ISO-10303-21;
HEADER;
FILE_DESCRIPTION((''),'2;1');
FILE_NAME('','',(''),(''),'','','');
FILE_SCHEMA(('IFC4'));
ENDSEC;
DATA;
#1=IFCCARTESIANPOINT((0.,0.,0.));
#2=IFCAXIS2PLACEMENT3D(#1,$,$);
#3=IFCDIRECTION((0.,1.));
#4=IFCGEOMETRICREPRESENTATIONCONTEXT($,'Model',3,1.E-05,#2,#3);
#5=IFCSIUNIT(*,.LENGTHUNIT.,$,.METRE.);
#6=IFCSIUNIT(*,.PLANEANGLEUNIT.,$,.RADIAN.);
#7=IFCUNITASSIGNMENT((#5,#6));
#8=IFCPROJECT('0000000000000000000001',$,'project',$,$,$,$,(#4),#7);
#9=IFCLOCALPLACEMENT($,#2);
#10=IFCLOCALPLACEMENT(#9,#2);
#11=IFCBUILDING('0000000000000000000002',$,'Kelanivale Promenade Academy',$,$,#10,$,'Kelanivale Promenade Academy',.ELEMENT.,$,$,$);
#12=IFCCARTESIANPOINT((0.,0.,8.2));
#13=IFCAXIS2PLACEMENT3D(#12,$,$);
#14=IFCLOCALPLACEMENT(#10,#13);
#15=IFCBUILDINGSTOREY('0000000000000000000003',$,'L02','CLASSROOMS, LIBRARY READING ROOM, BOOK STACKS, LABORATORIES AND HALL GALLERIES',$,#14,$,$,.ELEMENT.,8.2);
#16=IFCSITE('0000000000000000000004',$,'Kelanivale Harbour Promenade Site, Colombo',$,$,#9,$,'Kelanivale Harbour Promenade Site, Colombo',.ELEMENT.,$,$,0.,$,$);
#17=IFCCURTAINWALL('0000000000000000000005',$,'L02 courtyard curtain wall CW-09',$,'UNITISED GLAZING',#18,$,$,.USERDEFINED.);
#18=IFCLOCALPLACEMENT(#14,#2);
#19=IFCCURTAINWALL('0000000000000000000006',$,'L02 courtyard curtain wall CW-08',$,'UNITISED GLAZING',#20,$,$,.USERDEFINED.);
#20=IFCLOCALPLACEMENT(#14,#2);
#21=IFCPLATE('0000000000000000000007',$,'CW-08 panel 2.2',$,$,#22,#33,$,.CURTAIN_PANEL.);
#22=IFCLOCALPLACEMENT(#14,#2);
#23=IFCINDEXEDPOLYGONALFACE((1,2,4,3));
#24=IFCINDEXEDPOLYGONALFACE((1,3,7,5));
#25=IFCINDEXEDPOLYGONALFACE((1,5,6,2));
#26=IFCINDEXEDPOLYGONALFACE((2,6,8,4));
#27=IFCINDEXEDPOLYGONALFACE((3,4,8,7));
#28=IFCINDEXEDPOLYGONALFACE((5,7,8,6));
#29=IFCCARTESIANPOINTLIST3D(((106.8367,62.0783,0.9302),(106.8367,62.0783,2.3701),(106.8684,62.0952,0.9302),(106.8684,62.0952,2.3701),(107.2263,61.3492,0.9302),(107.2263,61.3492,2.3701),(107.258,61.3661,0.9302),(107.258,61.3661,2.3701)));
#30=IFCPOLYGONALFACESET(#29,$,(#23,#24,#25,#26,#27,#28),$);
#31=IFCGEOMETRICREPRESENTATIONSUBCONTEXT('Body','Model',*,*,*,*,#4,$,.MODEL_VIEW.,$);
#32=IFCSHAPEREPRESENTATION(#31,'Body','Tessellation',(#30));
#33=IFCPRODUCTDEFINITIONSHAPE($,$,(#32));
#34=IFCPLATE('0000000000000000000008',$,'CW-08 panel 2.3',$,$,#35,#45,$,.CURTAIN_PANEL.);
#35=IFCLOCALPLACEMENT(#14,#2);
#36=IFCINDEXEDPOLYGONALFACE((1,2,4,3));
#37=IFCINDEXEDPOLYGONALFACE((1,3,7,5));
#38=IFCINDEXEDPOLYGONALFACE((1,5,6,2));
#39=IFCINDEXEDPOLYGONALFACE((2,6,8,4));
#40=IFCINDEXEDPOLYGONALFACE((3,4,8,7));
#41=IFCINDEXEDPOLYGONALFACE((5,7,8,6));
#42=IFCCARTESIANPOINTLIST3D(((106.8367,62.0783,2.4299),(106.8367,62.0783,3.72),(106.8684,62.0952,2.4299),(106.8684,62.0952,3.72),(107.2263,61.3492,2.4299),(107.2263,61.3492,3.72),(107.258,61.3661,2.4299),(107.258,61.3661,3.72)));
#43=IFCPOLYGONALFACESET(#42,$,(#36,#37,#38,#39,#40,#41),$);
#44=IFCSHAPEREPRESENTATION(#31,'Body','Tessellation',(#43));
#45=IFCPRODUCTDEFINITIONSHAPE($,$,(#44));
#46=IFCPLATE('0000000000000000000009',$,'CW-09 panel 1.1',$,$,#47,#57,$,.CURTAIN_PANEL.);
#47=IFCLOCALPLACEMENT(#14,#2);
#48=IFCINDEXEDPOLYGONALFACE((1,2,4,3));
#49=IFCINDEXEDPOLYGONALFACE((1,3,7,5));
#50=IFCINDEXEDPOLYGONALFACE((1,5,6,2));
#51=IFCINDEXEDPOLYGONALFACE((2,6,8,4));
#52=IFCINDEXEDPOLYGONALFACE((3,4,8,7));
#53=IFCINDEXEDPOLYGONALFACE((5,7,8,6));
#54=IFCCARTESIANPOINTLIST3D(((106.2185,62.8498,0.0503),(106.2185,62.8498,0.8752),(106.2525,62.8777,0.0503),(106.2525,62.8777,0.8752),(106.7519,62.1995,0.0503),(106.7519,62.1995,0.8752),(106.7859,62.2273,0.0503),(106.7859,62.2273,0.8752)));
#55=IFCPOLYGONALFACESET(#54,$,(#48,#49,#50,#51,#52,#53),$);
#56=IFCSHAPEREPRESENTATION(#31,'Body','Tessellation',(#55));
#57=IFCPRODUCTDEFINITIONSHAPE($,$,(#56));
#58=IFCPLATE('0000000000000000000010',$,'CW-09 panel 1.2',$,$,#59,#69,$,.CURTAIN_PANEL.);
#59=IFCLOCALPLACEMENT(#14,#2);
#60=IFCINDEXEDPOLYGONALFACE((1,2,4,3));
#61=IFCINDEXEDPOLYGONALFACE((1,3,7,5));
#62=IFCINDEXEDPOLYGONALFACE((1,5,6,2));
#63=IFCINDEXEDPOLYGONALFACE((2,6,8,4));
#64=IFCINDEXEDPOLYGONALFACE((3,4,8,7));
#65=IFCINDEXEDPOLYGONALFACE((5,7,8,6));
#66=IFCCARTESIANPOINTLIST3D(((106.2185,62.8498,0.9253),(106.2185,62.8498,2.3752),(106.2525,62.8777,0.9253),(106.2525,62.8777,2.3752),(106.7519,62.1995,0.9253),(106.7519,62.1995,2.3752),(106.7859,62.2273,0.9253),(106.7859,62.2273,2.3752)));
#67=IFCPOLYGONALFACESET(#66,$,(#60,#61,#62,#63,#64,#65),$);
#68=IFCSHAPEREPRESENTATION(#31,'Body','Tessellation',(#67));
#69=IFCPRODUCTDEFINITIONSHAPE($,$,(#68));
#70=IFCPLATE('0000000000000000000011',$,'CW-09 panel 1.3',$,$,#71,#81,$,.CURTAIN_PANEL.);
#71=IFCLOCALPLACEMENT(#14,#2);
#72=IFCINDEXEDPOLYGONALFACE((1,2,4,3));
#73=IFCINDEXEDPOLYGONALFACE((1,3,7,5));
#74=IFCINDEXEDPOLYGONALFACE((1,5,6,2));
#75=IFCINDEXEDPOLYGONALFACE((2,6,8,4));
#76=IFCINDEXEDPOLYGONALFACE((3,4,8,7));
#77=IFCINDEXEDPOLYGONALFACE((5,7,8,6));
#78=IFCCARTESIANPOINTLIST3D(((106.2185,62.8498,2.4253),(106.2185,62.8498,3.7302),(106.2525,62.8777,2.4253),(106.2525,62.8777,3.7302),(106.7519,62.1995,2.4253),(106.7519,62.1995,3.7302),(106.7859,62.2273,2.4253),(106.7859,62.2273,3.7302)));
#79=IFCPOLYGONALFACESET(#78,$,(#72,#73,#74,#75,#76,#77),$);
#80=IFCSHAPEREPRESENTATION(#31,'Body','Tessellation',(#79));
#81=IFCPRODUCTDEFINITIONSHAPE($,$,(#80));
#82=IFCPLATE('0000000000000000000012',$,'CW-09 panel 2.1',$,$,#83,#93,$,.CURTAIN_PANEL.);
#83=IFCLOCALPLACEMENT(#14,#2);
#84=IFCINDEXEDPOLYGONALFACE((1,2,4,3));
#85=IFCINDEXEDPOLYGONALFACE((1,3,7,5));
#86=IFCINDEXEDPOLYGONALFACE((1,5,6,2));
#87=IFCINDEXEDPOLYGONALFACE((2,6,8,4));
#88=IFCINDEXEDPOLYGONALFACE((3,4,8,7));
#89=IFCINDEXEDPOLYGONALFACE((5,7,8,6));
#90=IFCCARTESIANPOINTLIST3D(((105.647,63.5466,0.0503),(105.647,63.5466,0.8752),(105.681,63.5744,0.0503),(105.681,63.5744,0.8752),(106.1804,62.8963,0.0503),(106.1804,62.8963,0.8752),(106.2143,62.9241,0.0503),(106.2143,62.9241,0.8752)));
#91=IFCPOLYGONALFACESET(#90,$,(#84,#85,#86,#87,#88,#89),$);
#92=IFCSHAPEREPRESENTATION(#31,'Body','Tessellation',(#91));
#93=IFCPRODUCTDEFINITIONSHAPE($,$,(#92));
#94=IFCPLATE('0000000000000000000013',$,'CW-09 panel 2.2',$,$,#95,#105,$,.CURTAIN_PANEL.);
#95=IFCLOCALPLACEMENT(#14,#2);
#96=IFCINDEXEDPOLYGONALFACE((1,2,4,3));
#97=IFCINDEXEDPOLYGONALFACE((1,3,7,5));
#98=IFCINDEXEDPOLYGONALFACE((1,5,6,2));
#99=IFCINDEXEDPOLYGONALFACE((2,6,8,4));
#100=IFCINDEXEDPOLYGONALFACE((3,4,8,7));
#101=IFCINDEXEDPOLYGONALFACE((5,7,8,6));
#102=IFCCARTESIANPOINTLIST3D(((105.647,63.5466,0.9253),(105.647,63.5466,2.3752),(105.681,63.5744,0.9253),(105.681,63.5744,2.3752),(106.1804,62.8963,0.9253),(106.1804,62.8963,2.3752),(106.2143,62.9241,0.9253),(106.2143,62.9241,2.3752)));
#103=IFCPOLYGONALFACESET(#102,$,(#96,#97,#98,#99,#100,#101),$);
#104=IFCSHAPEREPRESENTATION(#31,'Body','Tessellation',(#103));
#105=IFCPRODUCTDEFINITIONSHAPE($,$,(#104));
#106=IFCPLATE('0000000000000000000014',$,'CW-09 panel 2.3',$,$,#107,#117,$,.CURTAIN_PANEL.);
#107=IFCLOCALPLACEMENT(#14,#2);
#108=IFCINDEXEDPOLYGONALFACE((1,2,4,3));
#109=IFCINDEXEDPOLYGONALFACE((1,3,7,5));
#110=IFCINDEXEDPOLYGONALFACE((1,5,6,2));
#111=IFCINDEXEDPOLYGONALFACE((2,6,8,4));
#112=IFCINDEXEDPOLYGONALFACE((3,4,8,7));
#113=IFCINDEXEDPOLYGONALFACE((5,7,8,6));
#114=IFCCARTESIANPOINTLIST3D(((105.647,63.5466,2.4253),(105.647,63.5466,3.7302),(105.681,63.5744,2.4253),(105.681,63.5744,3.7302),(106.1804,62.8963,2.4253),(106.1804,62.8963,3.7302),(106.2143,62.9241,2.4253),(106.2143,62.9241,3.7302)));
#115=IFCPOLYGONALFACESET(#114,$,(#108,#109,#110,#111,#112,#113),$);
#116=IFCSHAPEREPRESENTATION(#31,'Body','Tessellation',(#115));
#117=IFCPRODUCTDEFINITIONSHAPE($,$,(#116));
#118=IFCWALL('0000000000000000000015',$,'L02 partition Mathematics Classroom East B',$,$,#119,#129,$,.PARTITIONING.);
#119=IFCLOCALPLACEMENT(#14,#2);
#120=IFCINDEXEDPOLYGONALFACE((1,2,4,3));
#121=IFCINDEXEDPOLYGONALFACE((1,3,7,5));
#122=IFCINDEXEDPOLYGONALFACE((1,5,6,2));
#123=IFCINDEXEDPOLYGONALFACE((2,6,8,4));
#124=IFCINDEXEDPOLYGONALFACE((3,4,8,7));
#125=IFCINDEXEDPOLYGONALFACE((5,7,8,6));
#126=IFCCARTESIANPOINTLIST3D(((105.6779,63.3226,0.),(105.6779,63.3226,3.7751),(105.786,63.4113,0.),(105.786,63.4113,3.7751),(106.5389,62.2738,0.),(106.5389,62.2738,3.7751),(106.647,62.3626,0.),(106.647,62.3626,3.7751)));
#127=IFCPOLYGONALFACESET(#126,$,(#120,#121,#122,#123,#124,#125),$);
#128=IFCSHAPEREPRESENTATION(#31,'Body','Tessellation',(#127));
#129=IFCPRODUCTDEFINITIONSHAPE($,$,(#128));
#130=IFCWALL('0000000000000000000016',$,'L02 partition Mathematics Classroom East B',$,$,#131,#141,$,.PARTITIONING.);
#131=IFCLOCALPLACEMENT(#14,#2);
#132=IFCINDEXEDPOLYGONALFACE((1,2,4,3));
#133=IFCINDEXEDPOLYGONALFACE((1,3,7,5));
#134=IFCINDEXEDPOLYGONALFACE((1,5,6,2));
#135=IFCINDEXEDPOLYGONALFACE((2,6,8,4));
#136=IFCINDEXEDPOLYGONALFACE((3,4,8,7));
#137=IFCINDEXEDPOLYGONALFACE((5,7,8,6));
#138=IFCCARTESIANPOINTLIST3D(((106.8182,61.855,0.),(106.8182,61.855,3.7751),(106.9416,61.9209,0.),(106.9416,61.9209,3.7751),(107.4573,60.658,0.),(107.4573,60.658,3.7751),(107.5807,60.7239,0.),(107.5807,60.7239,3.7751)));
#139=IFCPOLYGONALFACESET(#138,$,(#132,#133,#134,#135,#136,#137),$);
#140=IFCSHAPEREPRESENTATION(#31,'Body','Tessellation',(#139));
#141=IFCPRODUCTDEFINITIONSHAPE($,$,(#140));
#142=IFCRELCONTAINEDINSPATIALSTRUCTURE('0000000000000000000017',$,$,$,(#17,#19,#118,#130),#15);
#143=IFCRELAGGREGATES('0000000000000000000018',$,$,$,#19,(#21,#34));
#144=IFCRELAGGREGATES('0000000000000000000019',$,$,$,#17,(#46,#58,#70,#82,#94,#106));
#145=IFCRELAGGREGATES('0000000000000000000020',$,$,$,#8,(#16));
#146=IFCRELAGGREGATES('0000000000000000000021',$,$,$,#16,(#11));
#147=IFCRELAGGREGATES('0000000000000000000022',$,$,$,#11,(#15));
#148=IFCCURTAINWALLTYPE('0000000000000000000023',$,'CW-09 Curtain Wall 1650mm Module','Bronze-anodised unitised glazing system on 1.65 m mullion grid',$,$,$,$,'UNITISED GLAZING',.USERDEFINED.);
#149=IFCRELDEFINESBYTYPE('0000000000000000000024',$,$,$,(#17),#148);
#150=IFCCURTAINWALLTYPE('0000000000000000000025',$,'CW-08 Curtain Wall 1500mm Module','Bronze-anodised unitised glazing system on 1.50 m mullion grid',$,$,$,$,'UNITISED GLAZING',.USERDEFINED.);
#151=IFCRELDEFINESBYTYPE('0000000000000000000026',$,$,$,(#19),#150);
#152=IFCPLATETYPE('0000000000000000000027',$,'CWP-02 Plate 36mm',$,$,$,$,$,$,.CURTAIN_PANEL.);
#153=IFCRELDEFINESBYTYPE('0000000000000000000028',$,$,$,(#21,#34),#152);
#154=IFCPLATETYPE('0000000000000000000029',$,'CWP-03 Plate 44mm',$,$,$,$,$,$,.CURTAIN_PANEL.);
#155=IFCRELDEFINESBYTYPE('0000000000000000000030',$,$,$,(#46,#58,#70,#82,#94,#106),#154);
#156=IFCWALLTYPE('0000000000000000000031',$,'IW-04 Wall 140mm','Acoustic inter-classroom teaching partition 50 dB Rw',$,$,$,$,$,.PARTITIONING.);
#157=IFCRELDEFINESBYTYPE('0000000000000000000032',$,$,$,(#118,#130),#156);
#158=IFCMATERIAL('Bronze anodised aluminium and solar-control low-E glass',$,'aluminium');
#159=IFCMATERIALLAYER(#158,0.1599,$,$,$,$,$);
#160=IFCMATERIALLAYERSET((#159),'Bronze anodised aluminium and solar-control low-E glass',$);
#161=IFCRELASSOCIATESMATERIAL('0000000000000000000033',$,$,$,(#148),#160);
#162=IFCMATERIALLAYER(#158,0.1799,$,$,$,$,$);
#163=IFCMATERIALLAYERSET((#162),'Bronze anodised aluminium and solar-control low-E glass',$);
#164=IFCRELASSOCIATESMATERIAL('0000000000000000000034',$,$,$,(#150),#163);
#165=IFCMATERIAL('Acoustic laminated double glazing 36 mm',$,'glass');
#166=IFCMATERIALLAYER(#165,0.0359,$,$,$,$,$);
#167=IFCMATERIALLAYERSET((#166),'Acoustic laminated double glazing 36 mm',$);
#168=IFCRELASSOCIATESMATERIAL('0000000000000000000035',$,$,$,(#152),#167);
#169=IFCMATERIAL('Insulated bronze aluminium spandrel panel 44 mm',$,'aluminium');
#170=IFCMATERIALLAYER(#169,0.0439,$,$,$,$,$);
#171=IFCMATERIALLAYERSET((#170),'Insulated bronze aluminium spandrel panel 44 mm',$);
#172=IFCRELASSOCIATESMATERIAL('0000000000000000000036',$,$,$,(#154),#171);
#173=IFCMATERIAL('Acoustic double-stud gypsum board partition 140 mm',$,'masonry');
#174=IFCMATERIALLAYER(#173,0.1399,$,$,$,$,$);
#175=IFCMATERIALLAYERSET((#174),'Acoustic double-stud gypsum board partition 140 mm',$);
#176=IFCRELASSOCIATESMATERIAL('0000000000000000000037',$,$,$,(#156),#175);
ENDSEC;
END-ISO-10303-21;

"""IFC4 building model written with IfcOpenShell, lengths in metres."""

from ifc_helpers import new_model, si_unit, direction, frame, frame_2d, origin, origin_2d, place, context, subcontext, project, spatial, rectangle, extrude, material, layer, layer_set, type_object, element, aggregate, save


model = new_model("IFC4")

# Units and contexts
model_context = context("Model", 3, precision=1e-05, world=origin(), true_north=direction((0.0, 1.0)))
body_context = subcontext(model_context, "Body", "Model", "MODEL_VIEW")
ifc_project = project(units=[si_unit("LENGTHUNIT", "METRE"), si_unit("PLANEANGLEUNIT", "RADIAN")], contexts=[model_context])

# Site, building, storey
site_placement = place(None, origin())
site = spatial("IfcSite", under=ifc_project, at=site_placement, Name="Kelanivale Harbour Promenade Site, Colombo", LongName="Kelanivale Harbour Promenade Site, Colombo", CompositionType="ELEMENT", RefElevation=0.0)
building_placement = place(site_placement, origin())
building = spatial("IfcBuilding", under=site, at=building_placement, Name="Kelanivale Promenade Academy", LongName="Kelanivale Promenade Academy", CompositionType="ELEMENT")
storey_placement = place(building_placement, frame((0.0, 0.0, 8.2)))
storey = spatial("IfcBuildingStorey", under=building, at=storey_placement, Name="L02", Description="CLASSROOMS, LIBRARY READING ROOM, BOOK STACKS, LABORATORIES AND HALL GALLERIES", CompositionType="ELEMENT", Elevation=8.2)

# Curtain wall
ifc_material_1 = material(Name="Bronze anodised aluminium and solar-control low-E glass", Category="aluminium")
ifc_layer_1 = layer(ifc_material_1, 0.1599)
ifc_layer_set_1 = layer_set([ifc_layer_1], Name="Bronze anodised aluminium and solar-control low-E glass")
curtain_wall_type_1 = type_object("IfcCurtainWallType", Name="CW-09 Curtain Wall 1650mm Module", Description="Bronze-anodised unitised glazing system on 1.65 m mullion grid", ElementType="UNITISED GLAZING", PredefinedType="USERDEFINED", material=ifc_layer_set_1)
curtain_wall_1_placement = place(storey_placement, origin())
curtain_wall_1 = element("IfcCurtainWall", 1, at=curtain_wall_1_placement, inside=storey, type_object=curtain_wall_type_1, Name="L02 courtyard curtain wall CW-09", ObjectType="UNITISED GLAZING", PredefinedType="USERDEFINED")

# Curtain wall
ifc_layer_2 = layer(ifc_material_1, 0.1799)
ifc_layer_set_2 = layer_set([ifc_layer_2], Name="Bronze anodised aluminium and solar-control low-E glass")
curtain_wall_type_2 = type_object("IfcCurtainWallType", Name="CW-08 Curtain Wall 1500mm Module", Description="Bronze-anodised unitised glazing system on 1.50 m mullion grid", ElementType="UNITISED GLAZING", PredefinedType="USERDEFINED", material=ifc_layer_set_2)
curtain_wall_2_placement = place(storey_placement, origin())
curtain_wall_2 = element("IfcCurtainWall", 2, at=curtain_wall_2_placement, inside=storey, type_object=curtain_wall_type_2, Name="L02 courtyard curtain wall CW-08", ObjectType="UNITISED GLAZING", PredefinedType="USERDEFINED")

# Plates
ifc_material_2 = material(Name="Acoustic laminated double glazing 36 mm", Category="glass")
ifc_layer_3 = layer(ifc_material_2, 0.0359)
ifc_layer_set_3 = layer_set([ifc_layer_3], Name="Acoustic laminated double glazing 36 mm")
plate_type_1 = type_object("IfcPlateType", Name="CWP-02 Plate 36mm", PredefinedType="CURTAIN_PANEL", material=ifc_layer_set_3)
plate_1_placement = place(storey_placement, frame((107.0474, 61.7222, 0.9302), z_axis=(0.0, 0.0, 1.0), x_axis=(-0.47129, 0.881978, 0.0)))
plate_1 = element("IfcPlate", 3, at=plate_1_placement, type_object=plate_type_1, Name="CW-08 panel 2.2", PredefinedType="CURTAIN_PANEL", context=body_context, shape_type="SweptSolid", body=[
    extrude(rectangle(XDim=0.8267, YDim=0.0359, at=origin_2d()), origin(), (0.0, 0.0, 1.0), 1.4399),
])
plate_2_placement = place(storey_placement, frame((107.0474, 61.7222, 2.4299), z_axis=(0.0, 0.0, 1.0), x_axis=(-0.47129, 0.881978, 0.0)))
plate_2 = element("IfcPlate", 4, at=plate_2_placement, type_object=plate_type_1, Name="CW-08 panel 2.3", PredefinedType="CURTAIN_PANEL", context=body_context, shape_type="SweptSolid", body=[
    extrude(rectangle(XDim=0.8267, YDim=0.0359, at=origin_2d()), origin(), (0.0, 0.0, 1.0), 1.29),
])
aggregate(curtain_wall_2, [plate_1, plate_2])
ifc_material_3 = material(Name="Insulated bronze aluminium spandrel panel 44 mm", Category="aluminium")
ifc_layer_4 = layer(ifc_material_3, 0.0439)
ifc_layer_set_4 = layer_set([ifc_layer_4], Name="Insulated bronze aluminium spandrel panel 44 mm")
plate_type_2 = type_object("IfcPlateType", Name="CWP-03 Plate 44mm", PredefinedType="CURTAIN_PANEL", material=ifc_layer_set_4)
plate_3_placement = place(storey_placement, frame((106.5022, 62.5386, 0.0503), z_axis=(0.0, 0.0, 1.0), x_axis=(-0.634144, 0.773215, 0.0)))
plate_3 = element("IfcPlate", 5, at=plate_3_placement, type_object=plate_type_2, Name="CW-09 panel 1.1", PredefinedType="CURTAIN_PANEL", context=body_context, shape_type="SweptSolid", body=[
    extrude(rectangle(XDim=0.8411, YDim=0.0439, at=origin_2d()), origin(), (0.0, 0.0, 1.0), 0.825),
])
plate_4_placement = place(storey_placement, frame((106.5022, 62.5386, 0.9253), z_axis=(0.0, 0.0, 1.0), x_axis=(-0.634144, 0.773215, 0.0)))
plate_4 = element("IfcPlate", 6, at=plate_4_placement, type_object=plate_type_2, Name="CW-09 panel 1.2", PredefinedType="CURTAIN_PANEL", context=body_context, shape_type="SweptSolid", body=[
    extrude(rectangle(XDim=0.8411, YDim=0.0439, at=origin_2d()), origin(), (0.0, 0.0, 1.0), 1.45),
])
plate_5_placement = place(storey_placement, frame((106.5022, 62.5386, 2.4253), z_axis=(0.0, 0.0, 1.0), x_axis=(-0.634144, 0.773215, 0.0)))
plate_5 = element("IfcPlate", 7, at=plate_5_placement, type_object=plate_type_2, Name="CW-09 panel 1.3", PredefinedType="CURTAIN_PANEL", context=body_context, shape_type="SweptSolid", body=[
    extrude(rectangle(XDim=0.8411, YDim=0.0439, at=origin_2d()), origin(), (0.0, 0.0, 1.0), 1.3049),
])
plate_6_placement = place(storey_placement, frame((105.9307, 63.2354, 0.0503), z_axis=(0.0, 0.0, 1.0), x_axis=(-0.634144, 0.773215, 0.0)))
plate_6 = element("IfcPlate", 8, at=plate_6_placement, type_object=plate_type_2, Name="CW-09 panel 2.1", PredefinedType="CURTAIN_PANEL", context=body_context, shape_type="SweptSolid", body=[
    extrude(rectangle(XDim=0.8411, YDim=0.0439, at=origin_2d()), origin(), (0.0, 0.0, 1.0), 0.825),
])
plate_7_placement = place(storey_placement, frame((105.9307, 63.2354, 0.9253), z_axis=(0.0, 0.0, 1.0), x_axis=(-0.634144, 0.773215, 0.0)))
plate_7 = element("IfcPlate", 9, at=plate_7_placement, type_object=plate_type_2, Name="CW-09 panel 2.2", PredefinedType="CURTAIN_PANEL", context=body_context, shape_type="SweptSolid", body=[
    extrude(rectangle(XDim=0.8411, YDim=0.0439, at=origin_2d()), origin(), (0.0, 0.0, 1.0), 1.45),
])
plate_8_placement = place(storey_placement, frame((105.9307, 63.2354, 2.4253), z_axis=(0.0, 0.0, 1.0), x_axis=(-0.634144, 0.773215, 0.0)))
plate_8 = element("IfcPlate", 10, at=plate_8_placement, type_object=plate_type_2, Name="CW-09 panel 2.3", PredefinedType="CURTAIN_PANEL", context=body_context, shape_type="SweptSolid", body=[
    extrude(rectangle(XDim=0.8411, YDim=0.0439, at=origin_2d()), origin(), (0.0, 0.0, 1.0), 1.3049),
])
aggregate(curtain_wall_1, [plate_3, plate_4, plate_5, plate_6, plate_7, plate_8])

# Walls
ifc_material_4 = material(Name="Acoustic double-stud gypsum board partition 140 mm", Category="masonry")
ifc_layer_5 = layer(ifc_material_4, 0.1399)
ifc_layer_set_5 = layer_set([ifc_layer_5], Name="Acoustic double-stud gypsum board partition 140 mm")
wall_type = type_object("IfcWallType", Name="IW-04 Wall 140mm", Description="Acoustic inter-classroom teaching partition 50 dB Rw", PredefinedType="PARTITIONING", material=ifc_layer_set_5)
for number, where, z_axis, x_axis, name in (
    (11, (105.7319, 63.3669, 0.0), (0.0, 0.0, 1.0), (0.63454, -0.77289, 0.0), "L02 partition Mathematics Classroom East B"),
    (12, (106.8799, 61.8879, 0.0), (0.0, 0.0, 1.0), (0.471018, -0.882124, 0.0), "L02 partition Mathematics Classroom East B"),
):
    element("IfcWall", number, at=place(storey_placement, frame(where, z_axis=z_axis, x_axis=x_axis)), inside=storey, type_object=wall_type, Name=name, PredefinedType="PARTITIONING", context=body_context, shape_type="SweptSolid", body=[
        extrude(rectangle(XDim=1.3569, YDim=0.1399, at=frame_2d((0.6785, 0.0))), origin(), (0.0, 0.0, 1.0), 3.7751),
    ])

save(model, "model.ifc")
